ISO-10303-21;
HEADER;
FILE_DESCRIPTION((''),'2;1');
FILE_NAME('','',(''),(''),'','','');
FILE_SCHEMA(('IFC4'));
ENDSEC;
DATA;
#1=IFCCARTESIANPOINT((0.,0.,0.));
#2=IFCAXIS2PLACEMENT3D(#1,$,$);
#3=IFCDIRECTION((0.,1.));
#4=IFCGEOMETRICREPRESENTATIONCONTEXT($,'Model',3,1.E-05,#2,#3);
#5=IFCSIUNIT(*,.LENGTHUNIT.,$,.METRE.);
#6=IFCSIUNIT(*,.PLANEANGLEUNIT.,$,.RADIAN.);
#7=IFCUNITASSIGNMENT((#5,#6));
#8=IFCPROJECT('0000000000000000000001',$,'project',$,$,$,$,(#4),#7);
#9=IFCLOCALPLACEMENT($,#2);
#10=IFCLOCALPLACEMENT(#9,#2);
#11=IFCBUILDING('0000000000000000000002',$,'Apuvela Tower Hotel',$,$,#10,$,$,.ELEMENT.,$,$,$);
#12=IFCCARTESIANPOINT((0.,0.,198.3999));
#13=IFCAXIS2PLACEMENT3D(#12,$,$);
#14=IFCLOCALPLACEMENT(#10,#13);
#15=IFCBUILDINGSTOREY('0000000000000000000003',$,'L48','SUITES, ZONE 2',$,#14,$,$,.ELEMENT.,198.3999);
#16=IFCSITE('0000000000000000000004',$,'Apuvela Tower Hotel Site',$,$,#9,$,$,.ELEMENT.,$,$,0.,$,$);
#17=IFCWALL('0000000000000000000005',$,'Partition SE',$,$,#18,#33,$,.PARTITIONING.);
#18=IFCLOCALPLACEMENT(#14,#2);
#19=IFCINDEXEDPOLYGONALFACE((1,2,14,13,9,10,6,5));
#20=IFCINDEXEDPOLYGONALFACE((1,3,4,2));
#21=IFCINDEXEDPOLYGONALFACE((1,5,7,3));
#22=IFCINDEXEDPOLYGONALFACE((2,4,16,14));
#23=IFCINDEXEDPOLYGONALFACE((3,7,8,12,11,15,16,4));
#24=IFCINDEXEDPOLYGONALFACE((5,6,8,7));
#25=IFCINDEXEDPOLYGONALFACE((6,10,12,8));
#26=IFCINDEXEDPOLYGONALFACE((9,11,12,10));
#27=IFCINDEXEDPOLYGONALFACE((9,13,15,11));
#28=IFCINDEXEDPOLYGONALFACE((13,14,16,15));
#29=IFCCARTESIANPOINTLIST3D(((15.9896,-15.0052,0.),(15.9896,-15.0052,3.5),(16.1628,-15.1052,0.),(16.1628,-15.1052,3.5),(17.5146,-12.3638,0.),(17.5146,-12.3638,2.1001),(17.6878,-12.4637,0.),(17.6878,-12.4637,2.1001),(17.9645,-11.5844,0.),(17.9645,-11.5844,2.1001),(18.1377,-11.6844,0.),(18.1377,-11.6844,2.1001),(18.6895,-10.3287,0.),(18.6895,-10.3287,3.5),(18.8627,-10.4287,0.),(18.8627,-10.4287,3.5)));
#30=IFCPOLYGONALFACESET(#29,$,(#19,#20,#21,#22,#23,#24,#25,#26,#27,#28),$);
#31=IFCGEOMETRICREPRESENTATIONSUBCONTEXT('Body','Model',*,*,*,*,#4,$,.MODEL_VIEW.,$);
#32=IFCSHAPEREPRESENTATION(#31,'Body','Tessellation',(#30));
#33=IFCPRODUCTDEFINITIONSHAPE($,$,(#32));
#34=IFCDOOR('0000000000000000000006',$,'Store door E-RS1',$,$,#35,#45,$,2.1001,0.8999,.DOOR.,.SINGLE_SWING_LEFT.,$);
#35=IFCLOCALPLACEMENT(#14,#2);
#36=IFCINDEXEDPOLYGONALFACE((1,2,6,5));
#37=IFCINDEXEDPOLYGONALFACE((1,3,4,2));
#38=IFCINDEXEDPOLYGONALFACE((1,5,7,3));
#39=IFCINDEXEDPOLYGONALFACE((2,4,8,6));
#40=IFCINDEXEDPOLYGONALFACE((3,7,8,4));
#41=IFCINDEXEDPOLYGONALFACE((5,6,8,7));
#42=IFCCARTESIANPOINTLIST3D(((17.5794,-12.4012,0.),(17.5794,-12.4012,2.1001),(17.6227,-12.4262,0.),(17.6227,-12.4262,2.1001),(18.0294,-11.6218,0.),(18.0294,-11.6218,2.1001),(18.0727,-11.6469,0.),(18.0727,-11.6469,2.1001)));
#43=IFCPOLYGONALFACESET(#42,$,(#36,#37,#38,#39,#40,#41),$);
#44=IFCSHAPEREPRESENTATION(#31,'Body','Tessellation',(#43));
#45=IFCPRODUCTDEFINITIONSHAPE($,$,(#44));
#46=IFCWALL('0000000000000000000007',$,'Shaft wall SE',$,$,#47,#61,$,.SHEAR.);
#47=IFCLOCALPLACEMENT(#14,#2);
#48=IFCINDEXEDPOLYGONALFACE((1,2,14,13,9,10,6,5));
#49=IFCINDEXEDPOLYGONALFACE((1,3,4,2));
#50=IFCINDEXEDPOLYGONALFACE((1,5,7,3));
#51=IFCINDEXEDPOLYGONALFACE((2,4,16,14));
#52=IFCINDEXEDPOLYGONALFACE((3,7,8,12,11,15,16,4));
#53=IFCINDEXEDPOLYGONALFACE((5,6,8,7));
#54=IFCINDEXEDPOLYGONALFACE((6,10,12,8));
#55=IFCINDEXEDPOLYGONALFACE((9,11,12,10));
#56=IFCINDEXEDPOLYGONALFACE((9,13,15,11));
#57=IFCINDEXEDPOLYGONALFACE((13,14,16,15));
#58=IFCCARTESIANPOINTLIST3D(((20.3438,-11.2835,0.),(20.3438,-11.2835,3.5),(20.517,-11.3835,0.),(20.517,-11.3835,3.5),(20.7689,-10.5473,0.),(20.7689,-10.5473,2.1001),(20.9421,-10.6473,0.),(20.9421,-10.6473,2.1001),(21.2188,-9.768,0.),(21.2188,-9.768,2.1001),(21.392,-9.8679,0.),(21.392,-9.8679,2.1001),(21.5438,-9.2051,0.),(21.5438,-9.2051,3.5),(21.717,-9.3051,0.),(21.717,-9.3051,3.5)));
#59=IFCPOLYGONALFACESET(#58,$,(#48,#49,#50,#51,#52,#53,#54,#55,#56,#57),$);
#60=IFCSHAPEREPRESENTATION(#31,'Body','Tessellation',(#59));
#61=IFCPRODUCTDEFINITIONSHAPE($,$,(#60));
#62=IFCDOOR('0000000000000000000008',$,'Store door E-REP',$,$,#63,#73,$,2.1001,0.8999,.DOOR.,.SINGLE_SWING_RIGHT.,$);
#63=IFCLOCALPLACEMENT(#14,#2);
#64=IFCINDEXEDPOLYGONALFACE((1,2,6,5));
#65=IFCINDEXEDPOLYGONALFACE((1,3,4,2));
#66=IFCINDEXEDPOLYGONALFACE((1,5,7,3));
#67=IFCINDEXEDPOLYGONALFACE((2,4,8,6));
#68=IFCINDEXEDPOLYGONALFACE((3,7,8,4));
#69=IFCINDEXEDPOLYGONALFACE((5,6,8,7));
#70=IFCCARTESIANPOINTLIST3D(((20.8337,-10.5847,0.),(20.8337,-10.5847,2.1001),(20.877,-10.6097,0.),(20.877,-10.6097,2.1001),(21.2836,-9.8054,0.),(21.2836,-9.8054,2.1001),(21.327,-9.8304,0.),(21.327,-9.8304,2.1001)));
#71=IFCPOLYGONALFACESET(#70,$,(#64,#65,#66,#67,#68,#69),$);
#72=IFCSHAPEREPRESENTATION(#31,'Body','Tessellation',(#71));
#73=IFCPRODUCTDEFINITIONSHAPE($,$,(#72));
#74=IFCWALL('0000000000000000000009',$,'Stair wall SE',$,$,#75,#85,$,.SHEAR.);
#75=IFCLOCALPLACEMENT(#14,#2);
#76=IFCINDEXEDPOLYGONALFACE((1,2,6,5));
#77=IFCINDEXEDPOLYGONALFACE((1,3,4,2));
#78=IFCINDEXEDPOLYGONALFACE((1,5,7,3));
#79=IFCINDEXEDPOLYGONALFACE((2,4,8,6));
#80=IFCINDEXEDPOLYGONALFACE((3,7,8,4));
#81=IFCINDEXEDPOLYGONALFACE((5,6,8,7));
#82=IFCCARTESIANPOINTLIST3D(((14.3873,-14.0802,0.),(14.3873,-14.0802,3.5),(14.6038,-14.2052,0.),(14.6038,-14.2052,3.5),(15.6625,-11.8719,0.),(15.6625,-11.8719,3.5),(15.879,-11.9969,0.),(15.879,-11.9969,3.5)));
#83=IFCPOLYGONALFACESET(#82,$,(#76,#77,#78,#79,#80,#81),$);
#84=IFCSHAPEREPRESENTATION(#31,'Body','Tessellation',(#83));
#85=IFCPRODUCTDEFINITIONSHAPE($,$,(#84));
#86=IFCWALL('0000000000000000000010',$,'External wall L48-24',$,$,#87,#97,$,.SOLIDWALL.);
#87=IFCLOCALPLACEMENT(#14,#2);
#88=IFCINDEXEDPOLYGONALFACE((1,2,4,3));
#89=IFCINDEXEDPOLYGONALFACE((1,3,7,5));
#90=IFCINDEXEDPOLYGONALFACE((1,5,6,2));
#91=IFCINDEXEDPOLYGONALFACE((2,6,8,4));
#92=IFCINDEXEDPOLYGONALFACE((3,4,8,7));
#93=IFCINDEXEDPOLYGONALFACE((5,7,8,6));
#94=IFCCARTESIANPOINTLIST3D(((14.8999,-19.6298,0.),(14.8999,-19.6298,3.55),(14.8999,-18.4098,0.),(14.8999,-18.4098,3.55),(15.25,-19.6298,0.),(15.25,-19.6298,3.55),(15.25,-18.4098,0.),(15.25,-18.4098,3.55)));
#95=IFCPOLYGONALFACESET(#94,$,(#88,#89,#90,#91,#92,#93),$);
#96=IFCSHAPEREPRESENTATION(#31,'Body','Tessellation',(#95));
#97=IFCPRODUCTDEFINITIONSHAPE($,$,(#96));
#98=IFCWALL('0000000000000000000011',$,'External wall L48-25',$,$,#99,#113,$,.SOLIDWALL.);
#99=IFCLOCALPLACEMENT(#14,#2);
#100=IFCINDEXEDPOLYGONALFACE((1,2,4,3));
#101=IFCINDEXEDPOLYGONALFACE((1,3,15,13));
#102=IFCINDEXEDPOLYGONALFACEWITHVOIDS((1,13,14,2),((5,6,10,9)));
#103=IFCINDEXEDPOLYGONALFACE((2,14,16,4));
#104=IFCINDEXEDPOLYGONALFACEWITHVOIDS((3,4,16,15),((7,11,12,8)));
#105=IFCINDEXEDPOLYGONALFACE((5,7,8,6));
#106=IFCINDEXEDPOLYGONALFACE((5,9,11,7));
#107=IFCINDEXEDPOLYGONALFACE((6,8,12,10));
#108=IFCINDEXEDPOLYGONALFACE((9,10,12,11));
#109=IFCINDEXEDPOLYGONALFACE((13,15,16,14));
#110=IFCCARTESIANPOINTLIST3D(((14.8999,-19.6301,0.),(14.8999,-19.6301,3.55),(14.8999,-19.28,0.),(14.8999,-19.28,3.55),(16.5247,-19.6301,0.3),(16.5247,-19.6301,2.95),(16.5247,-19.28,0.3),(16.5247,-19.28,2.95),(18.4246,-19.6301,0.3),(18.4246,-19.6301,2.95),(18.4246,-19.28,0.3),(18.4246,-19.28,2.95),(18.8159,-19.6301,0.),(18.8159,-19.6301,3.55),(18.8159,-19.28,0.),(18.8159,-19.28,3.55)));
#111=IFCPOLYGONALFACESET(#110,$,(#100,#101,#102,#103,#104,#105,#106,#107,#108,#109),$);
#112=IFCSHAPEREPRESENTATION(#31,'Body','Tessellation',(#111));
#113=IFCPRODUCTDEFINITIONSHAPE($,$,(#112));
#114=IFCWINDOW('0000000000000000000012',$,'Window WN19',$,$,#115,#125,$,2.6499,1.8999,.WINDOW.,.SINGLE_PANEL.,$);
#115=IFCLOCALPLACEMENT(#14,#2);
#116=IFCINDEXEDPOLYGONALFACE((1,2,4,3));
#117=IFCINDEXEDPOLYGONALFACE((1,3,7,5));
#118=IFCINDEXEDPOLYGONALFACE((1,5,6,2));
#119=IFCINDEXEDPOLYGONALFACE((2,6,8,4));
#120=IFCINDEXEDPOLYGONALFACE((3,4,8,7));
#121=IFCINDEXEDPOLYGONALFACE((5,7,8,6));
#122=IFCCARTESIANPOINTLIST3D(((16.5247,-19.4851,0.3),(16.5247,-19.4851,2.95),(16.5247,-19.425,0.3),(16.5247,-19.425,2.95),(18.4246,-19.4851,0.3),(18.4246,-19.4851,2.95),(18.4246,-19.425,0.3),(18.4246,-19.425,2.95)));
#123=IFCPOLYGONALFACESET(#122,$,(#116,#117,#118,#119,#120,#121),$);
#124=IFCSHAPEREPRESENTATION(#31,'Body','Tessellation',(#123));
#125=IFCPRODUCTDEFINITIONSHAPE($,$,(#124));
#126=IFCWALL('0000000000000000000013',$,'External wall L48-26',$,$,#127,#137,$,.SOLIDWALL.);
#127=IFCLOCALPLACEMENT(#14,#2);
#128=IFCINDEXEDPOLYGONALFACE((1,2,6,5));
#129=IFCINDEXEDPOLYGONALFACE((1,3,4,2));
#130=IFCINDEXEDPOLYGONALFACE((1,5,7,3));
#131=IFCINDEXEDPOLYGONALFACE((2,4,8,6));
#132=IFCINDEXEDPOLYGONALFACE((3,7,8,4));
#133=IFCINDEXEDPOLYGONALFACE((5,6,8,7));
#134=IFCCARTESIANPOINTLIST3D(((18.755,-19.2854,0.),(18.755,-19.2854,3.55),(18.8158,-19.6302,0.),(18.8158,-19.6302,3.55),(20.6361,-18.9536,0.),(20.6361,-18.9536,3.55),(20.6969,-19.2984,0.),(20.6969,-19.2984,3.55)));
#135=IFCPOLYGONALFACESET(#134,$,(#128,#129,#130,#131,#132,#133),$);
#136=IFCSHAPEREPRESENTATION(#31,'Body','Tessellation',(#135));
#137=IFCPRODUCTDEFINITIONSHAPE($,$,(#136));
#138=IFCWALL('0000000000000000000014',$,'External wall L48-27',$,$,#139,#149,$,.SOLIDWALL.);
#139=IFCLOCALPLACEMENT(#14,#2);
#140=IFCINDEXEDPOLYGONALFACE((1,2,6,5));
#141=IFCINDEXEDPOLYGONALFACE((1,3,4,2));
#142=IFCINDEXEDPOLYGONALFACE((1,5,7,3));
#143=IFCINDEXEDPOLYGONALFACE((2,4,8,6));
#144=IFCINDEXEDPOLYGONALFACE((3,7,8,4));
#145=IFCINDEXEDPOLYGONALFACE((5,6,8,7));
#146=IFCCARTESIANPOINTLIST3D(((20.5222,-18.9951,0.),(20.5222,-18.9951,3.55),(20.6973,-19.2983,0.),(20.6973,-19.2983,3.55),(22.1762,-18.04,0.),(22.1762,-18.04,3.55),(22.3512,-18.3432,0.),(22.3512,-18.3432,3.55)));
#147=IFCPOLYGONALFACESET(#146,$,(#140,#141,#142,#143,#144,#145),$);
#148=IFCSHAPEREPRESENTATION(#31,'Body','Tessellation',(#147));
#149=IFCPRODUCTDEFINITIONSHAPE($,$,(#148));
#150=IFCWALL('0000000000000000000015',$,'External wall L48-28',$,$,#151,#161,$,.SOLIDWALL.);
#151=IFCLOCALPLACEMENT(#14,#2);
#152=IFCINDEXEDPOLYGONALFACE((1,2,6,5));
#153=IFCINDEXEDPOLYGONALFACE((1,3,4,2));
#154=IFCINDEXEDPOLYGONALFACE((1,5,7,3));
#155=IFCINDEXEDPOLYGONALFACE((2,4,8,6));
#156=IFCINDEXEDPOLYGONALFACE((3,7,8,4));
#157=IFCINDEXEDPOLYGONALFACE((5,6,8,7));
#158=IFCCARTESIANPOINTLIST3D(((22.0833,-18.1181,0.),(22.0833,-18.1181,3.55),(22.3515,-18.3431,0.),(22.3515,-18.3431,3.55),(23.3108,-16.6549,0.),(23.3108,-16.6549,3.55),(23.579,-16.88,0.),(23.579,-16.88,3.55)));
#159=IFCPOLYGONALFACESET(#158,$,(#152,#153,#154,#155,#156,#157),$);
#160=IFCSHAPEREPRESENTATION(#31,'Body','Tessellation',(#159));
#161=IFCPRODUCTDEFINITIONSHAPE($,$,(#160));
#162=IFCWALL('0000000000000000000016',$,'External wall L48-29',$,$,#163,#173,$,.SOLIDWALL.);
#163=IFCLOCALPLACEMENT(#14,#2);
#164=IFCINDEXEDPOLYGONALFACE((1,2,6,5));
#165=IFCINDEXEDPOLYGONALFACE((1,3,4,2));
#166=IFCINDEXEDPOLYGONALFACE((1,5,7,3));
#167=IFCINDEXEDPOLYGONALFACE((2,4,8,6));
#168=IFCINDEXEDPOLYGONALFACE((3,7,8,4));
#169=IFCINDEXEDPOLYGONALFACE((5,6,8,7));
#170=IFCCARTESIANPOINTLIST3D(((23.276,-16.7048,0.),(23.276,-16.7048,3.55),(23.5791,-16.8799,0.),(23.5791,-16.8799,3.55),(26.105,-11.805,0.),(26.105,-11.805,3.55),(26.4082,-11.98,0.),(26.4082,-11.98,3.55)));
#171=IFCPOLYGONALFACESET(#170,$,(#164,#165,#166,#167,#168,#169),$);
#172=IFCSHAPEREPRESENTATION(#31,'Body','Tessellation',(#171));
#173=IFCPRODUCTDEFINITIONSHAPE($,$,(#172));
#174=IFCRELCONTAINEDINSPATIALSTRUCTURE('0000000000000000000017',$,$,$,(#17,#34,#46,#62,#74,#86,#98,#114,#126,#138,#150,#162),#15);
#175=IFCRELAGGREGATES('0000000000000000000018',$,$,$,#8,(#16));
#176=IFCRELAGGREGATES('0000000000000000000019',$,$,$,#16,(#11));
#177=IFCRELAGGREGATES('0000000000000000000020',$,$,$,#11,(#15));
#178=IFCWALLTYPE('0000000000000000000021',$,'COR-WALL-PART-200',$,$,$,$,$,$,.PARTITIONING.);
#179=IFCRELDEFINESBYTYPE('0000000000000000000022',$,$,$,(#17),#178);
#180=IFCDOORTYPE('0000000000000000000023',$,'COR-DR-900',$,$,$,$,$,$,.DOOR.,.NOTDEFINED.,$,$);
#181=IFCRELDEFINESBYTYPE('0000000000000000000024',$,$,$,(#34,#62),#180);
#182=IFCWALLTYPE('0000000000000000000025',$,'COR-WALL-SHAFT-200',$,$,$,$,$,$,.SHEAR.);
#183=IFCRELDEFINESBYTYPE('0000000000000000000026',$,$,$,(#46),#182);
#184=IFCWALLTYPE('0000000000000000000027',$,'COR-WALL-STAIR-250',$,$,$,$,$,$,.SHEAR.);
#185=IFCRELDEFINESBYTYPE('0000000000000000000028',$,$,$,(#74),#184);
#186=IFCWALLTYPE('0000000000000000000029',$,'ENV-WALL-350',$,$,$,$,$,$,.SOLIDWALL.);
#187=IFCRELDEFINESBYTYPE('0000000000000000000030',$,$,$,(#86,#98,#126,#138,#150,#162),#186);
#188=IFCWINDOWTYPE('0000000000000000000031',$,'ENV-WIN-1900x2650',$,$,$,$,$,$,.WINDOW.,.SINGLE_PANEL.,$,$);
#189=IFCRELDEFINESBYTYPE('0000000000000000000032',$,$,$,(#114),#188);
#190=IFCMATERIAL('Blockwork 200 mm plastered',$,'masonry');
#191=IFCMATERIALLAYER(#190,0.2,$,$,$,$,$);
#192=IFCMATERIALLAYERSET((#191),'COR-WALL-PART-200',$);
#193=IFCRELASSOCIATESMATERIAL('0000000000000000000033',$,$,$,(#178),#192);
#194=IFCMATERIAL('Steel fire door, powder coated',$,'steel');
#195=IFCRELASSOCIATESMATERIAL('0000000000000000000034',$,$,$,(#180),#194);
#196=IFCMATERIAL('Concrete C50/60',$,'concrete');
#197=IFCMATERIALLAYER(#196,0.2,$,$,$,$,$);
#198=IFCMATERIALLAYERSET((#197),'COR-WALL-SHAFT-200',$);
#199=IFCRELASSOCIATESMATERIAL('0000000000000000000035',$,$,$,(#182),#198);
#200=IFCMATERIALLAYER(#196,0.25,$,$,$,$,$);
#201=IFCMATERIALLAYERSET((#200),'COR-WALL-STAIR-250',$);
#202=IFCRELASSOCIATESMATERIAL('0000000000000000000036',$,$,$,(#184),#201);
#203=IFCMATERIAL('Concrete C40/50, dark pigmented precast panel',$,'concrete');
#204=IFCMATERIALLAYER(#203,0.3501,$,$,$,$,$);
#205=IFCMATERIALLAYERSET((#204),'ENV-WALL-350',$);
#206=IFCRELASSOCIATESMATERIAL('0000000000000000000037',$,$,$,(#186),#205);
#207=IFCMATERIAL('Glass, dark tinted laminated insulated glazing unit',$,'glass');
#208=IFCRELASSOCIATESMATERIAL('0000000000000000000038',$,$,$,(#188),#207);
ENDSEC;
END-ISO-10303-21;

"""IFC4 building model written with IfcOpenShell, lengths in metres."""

from ifc_helpers import new_model, si_unit, direction, frame, frame_2d, origin, place, context, subcontext, project, spatial, rectangle, extrude, material, layer, layer_set, type_object, element, fill, save


model = new_model("IFC4")

# Units and contexts
model_context = context("Model", 3, precision=1e-05, world=origin(), true_north=direction((0.0, 1.0)))
body_context = subcontext(model_context, "Body", "Model", "MODEL_VIEW")
ifc_project = project(units=[si_unit("LENGTHUNIT", "METRE"), si_unit("PLANEANGLEUNIT", "RADIAN")], contexts=[model_context])

# Site, building, storey
site_placement = place(None, origin())
site = spatial("IfcSite", under=ifc_project, at=site_placement, Name="Apuvela Tower Hotel Site", CompositionType="ELEMENT", RefElevation=0.0)
building_placement = place(site_placement, origin())
building = spatial("IfcBuilding", under=site, at=building_placement, Name="Apuvela Tower Hotel", CompositionType="ELEMENT")
storey_placement = place(building_placement, frame((0.0, 0.0, 198.3999)))
storey = spatial("IfcBuildingStorey", under=building, at=storey_placement, Name="L48", Description="SUITES, ZONE 2", CompositionType="ELEMENT", Elevation=198.3999)

# Walls, openings, doors
ifc_material_1 = material(Name="Blockwork 200 mm plastered", Category="masonry")
ifc_layer_1 = layer(ifc_material_1, 0.2)
ifc_layer_set_1 = layer_set([ifc_layer_1], Name="COR-WALL-PART-200")
wall_type_1 = type_object("IfcWallType", Name="COR-WALL-PART-200", PredefinedType="PARTITIONING", material=ifc_layer_set_1)
wall_1_placement = place(storey_placement, frame((16.0762, -15.0552, 0.0), z_axis=(0.0, 0.0, 1.0), x_axis=(0.499995, 0.866028, 0.0)))
wall_1 = element("IfcWall", 1, at=wall_1_placement, inside=storey, type_object=wall_type_1, Name="Partition SE", PredefinedType="PARTITIONING", context=body_context, shape_type="SweptSolid", body=[
    extrude(rectangle(XDim=5.3999, YDim=0.2, at=frame_2d((2.7, 0.0))), origin(), (0.0, 0.0, 1.0), 3.5),
])
opening_1_placement = place(wall_1_placement, frame((3.05, 0.0, 0.0)))
opening_1 = element("IfcOpeningElement", 2, at=opening_1_placement, cuts=wall_1, PredefinedType="OPENING", context=body_context, shape_type="SweptSolid", body=[
    extrude(rectangle(XDim=0.8999, YDim=2.1001, at=frame_2d((0.45, 1.05))), frame((0.0, 0.1099, 0.0), z_axis=(0.0, -1.0, 0.0), x_axis=(1.0, 0.0, 0.0)), (0.0, 0.0, 1.0), 0.22),
])
ifc_material_2 = material(Name="Steel fire door, powder coated", Category="steel")
door_type_1 = type_object("IfcDoorType", Name="COR-DR-900", OperationType="NOTDEFINED", PredefinedType="DOOR", material=ifc_material_2)
door_1_placement = place(opening_1_placement, frame((0.8999, 0.0, 0.0), z_axis=(0.0, 0.0, 1.0), x_axis=(-1.0, 0.0, 0.0)))
door_1 = element("IfcDoor", 3, at=door_1_placement, inside=storey, type_object=door_type_1, Name="Store door E-RS1", OperationType="SINGLE_SWING_LEFT", OverallHeight=2.1001, OverallWidth=0.8999, PredefinedType="DOOR", context=body_context, shape_type="SweptSolid", body=[
    extrude(rectangle(XDim=0.8999, YDim=2.1001, at=frame_2d((0.45, 1.05))), frame((0.0, 0.0249, 0.0), z_axis=(0.0, -1.0, 0.0), x_axis=(1.0, 0.0, 0.0)), (0.0, 0.0, 1.0), 0.05),
])
fill(opening_1, door_1)
ifc_material_3 = material(Name="Concrete C50/60", Category="concrete")
ifc_layer_2 = layer(ifc_material_3, 0.2)
ifc_layer_set_2 = layer_set([ifc_layer_2], Name="COR-WALL-SHAFT-200")
wall_type_2 = type_object("IfcWallType", Name="COR-WALL-SHAFT-200", PredefinedType="SHEAR", material=ifc_layer_set_2)
wall_2_placement = place(storey_placement, frame((20.4304, -11.3335, 0.0), z_axis=(0.0, 0.0, 1.0), x_axis=(0.500001, 0.866025, 0.0)))
wall_2 = element("IfcWall", 4, at=wall_2_placement, inside=storey, type_object=wall_type_2, Name="Shaft wall SE", PredefinedType="SHEAR", context=body_context, shape_type="SweptSolid", body=[
    extrude(rectangle(XDim=2.3999, YDim=0.2, at=frame_2d((1.2, 0.0))), origin(), (0.0, 0.0, 1.0), 3.5),
])
opening_2_placement = place(wall_2_placement, frame((0.8501, 0.0, 0.0)))
opening_2 = element("IfcOpeningElement", 5, at=opening_2_placement, cuts=wall_2, PredefinedType="OPENING", context=body_context, shape_type="SweptSolid", body=[
    extrude(rectangle(XDim=0.8999, YDim=2.1001, at=frame_2d((0.45, 1.05))), frame((0.0, 0.1099, 0.0), z_axis=(0.0, -1.0, 0.0), x_axis=(1.0, 0.0, 0.0)), (0.0, 0.0, 1.0), 0.22),
])
door_2_placement = place(opening_2_placement, frame((0.8999, 0.0, 0.0), z_axis=(0.0, 0.0, 1.0), x_axis=(-1.0, 0.0, 0.0)))
door_2 = element("IfcDoor", 6, at=door_2_placement, inside=storey, type_object=door_type_1, Name="Store door E-REP", OperationType="SINGLE_SWING_RIGHT", OverallHeight=2.1001, OverallWidth=0.8999, PredefinedType="DOOR", context=body_context, shape_type="SweptSolid", body=[
    extrude(rectangle(XDim=0.8999, YDim=2.1001, at=frame_2d((0.45, 1.05))), frame((0.0, 0.0249, 0.0), z_axis=(0.0, -1.0, 0.0), x_axis=(1.0, 0.0, 0.0)), (0.0, 0.0, 1.0), 0.05),
])
fill(opening_2, door_2)

# Walls
ifc_layer_3 = layer(ifc_material_3, 0.25)
ifc_layer_set_3 = layer_set([ifc_layer_3], Name="COR-WALL-STAIR-250")
wall_type_3 = type_object("IfcWallType", Name="COR-WALL-STAIR-250", PredefinedType="SHEAR", material=ifc_layer_set_3)
wall_3_placement = place(storey_placement, frame((14.4956, -14.1426, 0.0), z_axis=(0.0, 0.0, 1.0), x_axis=(0.500062, 0.865989, 0.0)))
element("IfcWall", 7, at=wall_3_placement, inside=storey, type_object=wall_type_3, Name="Stair wall SE", PredefinedType="SHEAR", context=body_context, shape_type="SweptSolid", body=[
    extrude(rectangle(XDim=2.55, YDim=0.25, at=frame_2d((1.2749, 0.0))), origin(), (0.0, 0.0, 1.0), 3.5),
])
ifc_material_4 = material(Name="Concrete C40/50, dark pigmented precast panel", Category="concrete")
ifc_layer_4 = layer(ifc_material_4, 0.3501)
ifc_layer_set_4 = layer_set([ifc_layer_4], Name="ENV-WALL-350")
wall_type_4 = type_object("IfcWallType", Name="ENV-WALL-350", PredefinedType="SOLIDWALL", material=ifc_layer_set_4)
wall_4_placement = place(storey_placement, frame((15.075, -18.4099, 0.0), z_axis=(0.0, 0.0, 1.0), x_axis=(0.0, -1.0, 0.0)))
element("IfcWall", 8, at=wall_4_placement, inside=storey, type_object=wall_type_4, Name="External wall L48-24", PredefinedType="SOLIDWALL", context=body_context, shape_type="SweptSolid", body=[
    extrude(rectangle(XDim=1.22, YDim=0.3501, at=frame_2d((0.6099, 0.0))), origin(), (0.0, 0.0, 1.0), 3.55),
])

# Wall, opening, window
wall_5_placement = place(storey_placement, frame((14.8999, -19.4551, 0.0), z_axis=(0.0, 0.0, 1.0), x_axis=(1.0, 0.0, 0.0)))
wall_5 = element("IfcWall", 9, at=wall_5_placement, inside=storey, type_object=wall_type_4, Name="External wall L48-25", PredefinedType="SOLIDWALL", context=body_context, shape_type="SweptSolid", body=[
    extrude(rectangle(XDim=3.916, YDim=0.3501, at=frame_2d((1.958, 0.0))), origin(), (0.0, 0.0, 1.0), 3.55),
])
opening_3_placement = place(wall_5_placement, frame((1.6248, 0.0, 0.3)))
opening_3 = element("IfcOpeningElement", 10, at=opening_3_placement, cuts=wall_5, PredefinedType="OPENING", context=body_context, shape_type="SweptSolid", body=[
    extrude(rectangle(XDim=1.8999, YDim=2.6499, at=frame_2d((0.95, 1.325))), frame((0.0, 0.1851, 0.0), z_axis=(0.0, -1.0, 0.0), x_axis=(1.0, 0.0, 0.0)), (0.0, 0.0, 1.0), 0.3701),
])
ifc_material_5 = material(Name="Glass, dark tinted laminated insulated glazing unit", Category="glass")
window_type = type_object("IfcWindowType", Name="ENV-WIN-1900x2650", PartitioningType="SINGLE_PANEL", PredefinedType="WINDOW", material=ifc_material_5)
window_placement = place(opening_3_placement, origin())
window = element("IfcWindow", 11, at=window_placement, inside=storey, type_object=window_type, Name="Window WN19", OverallHeight=2.6499, OverallWidth=1.8999, PartitioningType="SINGLE_PANEL", PredefinedType="WINDOW", context=body_context, shape_type="SweptSolid", body=[
    extrude(rectangle(XDim=1.8999, YDim=2.6499, at=frame_2d((0.95, 1.325))), frame((0.0, 0.03, 0.0), z_axis=(0.0, -1.0, 0.0), x_axis=(1.0, 0.0, 0.0)), (0.0, 0.0, 1.0), 0.0601),
])
fill(opening_3, window)

# Walls
wall_6_placement = place(storey_placement, frame((18.7854, -19.4578, 0.0), z_axis=(0.0, 0.0, 1.0), x_axis=(0.984799, 0.173698, 0.0)))
element("IfcWall", 12, at=wall_6_placement, inside=storey, type_object=wall_type_4, Name="External wall L48-26", PredefinedType="SOLIDWALL", context=body_context, shape_type="SweptSolid", body=[
    extrude(rectangle(XDim=1.9102, YDim=0.3501, at=frame_2d((0.9551, 0.0))), origin(), (0.0, 0.0, 1.0), 3.55),
])
for number, where, z_axis, x_axis, name in (
    (13, (20.6096, -19.1467, 0.0), (0.0, 0.0, 1.0), (0.866, 0.500043, 0.0), "External wall L48-27"),
    (14, (22.2173, -18.2307, 0.0), (0.0, 0.0, 1.0), (0.642733, 0.76609, 0.0), "External wall L48-28"),
):
    element("IfcWall", number, at=place(storey_placement, frame(where, z_axis=z_axis, x_axis=x_axis)), inside=storey, type_object=wall_type_4, Name=name, PredefinedType="SOLIDWALL", context=body_context, shape_type="SweptSolid", body=[
        extrude(rectangle(XDim=1.9099, YDim=0.3501, at=frame_2d((0.9551, 0.0))), origin(), (0.0, 0.0, 1.0), 3.55),
    ])
wall_7_placement = place(storey_placement, frame((23.4275, -16.7925, 0.0), z_axis=(0.0, 0.0, 1.0), x_axis=(0.500019, 0.866015, 0.0)))
element("IfcWall", 15, at=wall_7_placement, inside=storey, type_object=wall_type_4, Name="External wall L48-29", PredefinedType="SOLIDWALL", context=body_context, shape_type="SweptSolid", body=[
    extrude(rectangle(XDim=5.658, YDim=0.3501, at=frame_2d((2.8291, 0.0))), origin(), (0.0, 0.0, 1.0), 3.55),
])

save(model, "model.ifc")
